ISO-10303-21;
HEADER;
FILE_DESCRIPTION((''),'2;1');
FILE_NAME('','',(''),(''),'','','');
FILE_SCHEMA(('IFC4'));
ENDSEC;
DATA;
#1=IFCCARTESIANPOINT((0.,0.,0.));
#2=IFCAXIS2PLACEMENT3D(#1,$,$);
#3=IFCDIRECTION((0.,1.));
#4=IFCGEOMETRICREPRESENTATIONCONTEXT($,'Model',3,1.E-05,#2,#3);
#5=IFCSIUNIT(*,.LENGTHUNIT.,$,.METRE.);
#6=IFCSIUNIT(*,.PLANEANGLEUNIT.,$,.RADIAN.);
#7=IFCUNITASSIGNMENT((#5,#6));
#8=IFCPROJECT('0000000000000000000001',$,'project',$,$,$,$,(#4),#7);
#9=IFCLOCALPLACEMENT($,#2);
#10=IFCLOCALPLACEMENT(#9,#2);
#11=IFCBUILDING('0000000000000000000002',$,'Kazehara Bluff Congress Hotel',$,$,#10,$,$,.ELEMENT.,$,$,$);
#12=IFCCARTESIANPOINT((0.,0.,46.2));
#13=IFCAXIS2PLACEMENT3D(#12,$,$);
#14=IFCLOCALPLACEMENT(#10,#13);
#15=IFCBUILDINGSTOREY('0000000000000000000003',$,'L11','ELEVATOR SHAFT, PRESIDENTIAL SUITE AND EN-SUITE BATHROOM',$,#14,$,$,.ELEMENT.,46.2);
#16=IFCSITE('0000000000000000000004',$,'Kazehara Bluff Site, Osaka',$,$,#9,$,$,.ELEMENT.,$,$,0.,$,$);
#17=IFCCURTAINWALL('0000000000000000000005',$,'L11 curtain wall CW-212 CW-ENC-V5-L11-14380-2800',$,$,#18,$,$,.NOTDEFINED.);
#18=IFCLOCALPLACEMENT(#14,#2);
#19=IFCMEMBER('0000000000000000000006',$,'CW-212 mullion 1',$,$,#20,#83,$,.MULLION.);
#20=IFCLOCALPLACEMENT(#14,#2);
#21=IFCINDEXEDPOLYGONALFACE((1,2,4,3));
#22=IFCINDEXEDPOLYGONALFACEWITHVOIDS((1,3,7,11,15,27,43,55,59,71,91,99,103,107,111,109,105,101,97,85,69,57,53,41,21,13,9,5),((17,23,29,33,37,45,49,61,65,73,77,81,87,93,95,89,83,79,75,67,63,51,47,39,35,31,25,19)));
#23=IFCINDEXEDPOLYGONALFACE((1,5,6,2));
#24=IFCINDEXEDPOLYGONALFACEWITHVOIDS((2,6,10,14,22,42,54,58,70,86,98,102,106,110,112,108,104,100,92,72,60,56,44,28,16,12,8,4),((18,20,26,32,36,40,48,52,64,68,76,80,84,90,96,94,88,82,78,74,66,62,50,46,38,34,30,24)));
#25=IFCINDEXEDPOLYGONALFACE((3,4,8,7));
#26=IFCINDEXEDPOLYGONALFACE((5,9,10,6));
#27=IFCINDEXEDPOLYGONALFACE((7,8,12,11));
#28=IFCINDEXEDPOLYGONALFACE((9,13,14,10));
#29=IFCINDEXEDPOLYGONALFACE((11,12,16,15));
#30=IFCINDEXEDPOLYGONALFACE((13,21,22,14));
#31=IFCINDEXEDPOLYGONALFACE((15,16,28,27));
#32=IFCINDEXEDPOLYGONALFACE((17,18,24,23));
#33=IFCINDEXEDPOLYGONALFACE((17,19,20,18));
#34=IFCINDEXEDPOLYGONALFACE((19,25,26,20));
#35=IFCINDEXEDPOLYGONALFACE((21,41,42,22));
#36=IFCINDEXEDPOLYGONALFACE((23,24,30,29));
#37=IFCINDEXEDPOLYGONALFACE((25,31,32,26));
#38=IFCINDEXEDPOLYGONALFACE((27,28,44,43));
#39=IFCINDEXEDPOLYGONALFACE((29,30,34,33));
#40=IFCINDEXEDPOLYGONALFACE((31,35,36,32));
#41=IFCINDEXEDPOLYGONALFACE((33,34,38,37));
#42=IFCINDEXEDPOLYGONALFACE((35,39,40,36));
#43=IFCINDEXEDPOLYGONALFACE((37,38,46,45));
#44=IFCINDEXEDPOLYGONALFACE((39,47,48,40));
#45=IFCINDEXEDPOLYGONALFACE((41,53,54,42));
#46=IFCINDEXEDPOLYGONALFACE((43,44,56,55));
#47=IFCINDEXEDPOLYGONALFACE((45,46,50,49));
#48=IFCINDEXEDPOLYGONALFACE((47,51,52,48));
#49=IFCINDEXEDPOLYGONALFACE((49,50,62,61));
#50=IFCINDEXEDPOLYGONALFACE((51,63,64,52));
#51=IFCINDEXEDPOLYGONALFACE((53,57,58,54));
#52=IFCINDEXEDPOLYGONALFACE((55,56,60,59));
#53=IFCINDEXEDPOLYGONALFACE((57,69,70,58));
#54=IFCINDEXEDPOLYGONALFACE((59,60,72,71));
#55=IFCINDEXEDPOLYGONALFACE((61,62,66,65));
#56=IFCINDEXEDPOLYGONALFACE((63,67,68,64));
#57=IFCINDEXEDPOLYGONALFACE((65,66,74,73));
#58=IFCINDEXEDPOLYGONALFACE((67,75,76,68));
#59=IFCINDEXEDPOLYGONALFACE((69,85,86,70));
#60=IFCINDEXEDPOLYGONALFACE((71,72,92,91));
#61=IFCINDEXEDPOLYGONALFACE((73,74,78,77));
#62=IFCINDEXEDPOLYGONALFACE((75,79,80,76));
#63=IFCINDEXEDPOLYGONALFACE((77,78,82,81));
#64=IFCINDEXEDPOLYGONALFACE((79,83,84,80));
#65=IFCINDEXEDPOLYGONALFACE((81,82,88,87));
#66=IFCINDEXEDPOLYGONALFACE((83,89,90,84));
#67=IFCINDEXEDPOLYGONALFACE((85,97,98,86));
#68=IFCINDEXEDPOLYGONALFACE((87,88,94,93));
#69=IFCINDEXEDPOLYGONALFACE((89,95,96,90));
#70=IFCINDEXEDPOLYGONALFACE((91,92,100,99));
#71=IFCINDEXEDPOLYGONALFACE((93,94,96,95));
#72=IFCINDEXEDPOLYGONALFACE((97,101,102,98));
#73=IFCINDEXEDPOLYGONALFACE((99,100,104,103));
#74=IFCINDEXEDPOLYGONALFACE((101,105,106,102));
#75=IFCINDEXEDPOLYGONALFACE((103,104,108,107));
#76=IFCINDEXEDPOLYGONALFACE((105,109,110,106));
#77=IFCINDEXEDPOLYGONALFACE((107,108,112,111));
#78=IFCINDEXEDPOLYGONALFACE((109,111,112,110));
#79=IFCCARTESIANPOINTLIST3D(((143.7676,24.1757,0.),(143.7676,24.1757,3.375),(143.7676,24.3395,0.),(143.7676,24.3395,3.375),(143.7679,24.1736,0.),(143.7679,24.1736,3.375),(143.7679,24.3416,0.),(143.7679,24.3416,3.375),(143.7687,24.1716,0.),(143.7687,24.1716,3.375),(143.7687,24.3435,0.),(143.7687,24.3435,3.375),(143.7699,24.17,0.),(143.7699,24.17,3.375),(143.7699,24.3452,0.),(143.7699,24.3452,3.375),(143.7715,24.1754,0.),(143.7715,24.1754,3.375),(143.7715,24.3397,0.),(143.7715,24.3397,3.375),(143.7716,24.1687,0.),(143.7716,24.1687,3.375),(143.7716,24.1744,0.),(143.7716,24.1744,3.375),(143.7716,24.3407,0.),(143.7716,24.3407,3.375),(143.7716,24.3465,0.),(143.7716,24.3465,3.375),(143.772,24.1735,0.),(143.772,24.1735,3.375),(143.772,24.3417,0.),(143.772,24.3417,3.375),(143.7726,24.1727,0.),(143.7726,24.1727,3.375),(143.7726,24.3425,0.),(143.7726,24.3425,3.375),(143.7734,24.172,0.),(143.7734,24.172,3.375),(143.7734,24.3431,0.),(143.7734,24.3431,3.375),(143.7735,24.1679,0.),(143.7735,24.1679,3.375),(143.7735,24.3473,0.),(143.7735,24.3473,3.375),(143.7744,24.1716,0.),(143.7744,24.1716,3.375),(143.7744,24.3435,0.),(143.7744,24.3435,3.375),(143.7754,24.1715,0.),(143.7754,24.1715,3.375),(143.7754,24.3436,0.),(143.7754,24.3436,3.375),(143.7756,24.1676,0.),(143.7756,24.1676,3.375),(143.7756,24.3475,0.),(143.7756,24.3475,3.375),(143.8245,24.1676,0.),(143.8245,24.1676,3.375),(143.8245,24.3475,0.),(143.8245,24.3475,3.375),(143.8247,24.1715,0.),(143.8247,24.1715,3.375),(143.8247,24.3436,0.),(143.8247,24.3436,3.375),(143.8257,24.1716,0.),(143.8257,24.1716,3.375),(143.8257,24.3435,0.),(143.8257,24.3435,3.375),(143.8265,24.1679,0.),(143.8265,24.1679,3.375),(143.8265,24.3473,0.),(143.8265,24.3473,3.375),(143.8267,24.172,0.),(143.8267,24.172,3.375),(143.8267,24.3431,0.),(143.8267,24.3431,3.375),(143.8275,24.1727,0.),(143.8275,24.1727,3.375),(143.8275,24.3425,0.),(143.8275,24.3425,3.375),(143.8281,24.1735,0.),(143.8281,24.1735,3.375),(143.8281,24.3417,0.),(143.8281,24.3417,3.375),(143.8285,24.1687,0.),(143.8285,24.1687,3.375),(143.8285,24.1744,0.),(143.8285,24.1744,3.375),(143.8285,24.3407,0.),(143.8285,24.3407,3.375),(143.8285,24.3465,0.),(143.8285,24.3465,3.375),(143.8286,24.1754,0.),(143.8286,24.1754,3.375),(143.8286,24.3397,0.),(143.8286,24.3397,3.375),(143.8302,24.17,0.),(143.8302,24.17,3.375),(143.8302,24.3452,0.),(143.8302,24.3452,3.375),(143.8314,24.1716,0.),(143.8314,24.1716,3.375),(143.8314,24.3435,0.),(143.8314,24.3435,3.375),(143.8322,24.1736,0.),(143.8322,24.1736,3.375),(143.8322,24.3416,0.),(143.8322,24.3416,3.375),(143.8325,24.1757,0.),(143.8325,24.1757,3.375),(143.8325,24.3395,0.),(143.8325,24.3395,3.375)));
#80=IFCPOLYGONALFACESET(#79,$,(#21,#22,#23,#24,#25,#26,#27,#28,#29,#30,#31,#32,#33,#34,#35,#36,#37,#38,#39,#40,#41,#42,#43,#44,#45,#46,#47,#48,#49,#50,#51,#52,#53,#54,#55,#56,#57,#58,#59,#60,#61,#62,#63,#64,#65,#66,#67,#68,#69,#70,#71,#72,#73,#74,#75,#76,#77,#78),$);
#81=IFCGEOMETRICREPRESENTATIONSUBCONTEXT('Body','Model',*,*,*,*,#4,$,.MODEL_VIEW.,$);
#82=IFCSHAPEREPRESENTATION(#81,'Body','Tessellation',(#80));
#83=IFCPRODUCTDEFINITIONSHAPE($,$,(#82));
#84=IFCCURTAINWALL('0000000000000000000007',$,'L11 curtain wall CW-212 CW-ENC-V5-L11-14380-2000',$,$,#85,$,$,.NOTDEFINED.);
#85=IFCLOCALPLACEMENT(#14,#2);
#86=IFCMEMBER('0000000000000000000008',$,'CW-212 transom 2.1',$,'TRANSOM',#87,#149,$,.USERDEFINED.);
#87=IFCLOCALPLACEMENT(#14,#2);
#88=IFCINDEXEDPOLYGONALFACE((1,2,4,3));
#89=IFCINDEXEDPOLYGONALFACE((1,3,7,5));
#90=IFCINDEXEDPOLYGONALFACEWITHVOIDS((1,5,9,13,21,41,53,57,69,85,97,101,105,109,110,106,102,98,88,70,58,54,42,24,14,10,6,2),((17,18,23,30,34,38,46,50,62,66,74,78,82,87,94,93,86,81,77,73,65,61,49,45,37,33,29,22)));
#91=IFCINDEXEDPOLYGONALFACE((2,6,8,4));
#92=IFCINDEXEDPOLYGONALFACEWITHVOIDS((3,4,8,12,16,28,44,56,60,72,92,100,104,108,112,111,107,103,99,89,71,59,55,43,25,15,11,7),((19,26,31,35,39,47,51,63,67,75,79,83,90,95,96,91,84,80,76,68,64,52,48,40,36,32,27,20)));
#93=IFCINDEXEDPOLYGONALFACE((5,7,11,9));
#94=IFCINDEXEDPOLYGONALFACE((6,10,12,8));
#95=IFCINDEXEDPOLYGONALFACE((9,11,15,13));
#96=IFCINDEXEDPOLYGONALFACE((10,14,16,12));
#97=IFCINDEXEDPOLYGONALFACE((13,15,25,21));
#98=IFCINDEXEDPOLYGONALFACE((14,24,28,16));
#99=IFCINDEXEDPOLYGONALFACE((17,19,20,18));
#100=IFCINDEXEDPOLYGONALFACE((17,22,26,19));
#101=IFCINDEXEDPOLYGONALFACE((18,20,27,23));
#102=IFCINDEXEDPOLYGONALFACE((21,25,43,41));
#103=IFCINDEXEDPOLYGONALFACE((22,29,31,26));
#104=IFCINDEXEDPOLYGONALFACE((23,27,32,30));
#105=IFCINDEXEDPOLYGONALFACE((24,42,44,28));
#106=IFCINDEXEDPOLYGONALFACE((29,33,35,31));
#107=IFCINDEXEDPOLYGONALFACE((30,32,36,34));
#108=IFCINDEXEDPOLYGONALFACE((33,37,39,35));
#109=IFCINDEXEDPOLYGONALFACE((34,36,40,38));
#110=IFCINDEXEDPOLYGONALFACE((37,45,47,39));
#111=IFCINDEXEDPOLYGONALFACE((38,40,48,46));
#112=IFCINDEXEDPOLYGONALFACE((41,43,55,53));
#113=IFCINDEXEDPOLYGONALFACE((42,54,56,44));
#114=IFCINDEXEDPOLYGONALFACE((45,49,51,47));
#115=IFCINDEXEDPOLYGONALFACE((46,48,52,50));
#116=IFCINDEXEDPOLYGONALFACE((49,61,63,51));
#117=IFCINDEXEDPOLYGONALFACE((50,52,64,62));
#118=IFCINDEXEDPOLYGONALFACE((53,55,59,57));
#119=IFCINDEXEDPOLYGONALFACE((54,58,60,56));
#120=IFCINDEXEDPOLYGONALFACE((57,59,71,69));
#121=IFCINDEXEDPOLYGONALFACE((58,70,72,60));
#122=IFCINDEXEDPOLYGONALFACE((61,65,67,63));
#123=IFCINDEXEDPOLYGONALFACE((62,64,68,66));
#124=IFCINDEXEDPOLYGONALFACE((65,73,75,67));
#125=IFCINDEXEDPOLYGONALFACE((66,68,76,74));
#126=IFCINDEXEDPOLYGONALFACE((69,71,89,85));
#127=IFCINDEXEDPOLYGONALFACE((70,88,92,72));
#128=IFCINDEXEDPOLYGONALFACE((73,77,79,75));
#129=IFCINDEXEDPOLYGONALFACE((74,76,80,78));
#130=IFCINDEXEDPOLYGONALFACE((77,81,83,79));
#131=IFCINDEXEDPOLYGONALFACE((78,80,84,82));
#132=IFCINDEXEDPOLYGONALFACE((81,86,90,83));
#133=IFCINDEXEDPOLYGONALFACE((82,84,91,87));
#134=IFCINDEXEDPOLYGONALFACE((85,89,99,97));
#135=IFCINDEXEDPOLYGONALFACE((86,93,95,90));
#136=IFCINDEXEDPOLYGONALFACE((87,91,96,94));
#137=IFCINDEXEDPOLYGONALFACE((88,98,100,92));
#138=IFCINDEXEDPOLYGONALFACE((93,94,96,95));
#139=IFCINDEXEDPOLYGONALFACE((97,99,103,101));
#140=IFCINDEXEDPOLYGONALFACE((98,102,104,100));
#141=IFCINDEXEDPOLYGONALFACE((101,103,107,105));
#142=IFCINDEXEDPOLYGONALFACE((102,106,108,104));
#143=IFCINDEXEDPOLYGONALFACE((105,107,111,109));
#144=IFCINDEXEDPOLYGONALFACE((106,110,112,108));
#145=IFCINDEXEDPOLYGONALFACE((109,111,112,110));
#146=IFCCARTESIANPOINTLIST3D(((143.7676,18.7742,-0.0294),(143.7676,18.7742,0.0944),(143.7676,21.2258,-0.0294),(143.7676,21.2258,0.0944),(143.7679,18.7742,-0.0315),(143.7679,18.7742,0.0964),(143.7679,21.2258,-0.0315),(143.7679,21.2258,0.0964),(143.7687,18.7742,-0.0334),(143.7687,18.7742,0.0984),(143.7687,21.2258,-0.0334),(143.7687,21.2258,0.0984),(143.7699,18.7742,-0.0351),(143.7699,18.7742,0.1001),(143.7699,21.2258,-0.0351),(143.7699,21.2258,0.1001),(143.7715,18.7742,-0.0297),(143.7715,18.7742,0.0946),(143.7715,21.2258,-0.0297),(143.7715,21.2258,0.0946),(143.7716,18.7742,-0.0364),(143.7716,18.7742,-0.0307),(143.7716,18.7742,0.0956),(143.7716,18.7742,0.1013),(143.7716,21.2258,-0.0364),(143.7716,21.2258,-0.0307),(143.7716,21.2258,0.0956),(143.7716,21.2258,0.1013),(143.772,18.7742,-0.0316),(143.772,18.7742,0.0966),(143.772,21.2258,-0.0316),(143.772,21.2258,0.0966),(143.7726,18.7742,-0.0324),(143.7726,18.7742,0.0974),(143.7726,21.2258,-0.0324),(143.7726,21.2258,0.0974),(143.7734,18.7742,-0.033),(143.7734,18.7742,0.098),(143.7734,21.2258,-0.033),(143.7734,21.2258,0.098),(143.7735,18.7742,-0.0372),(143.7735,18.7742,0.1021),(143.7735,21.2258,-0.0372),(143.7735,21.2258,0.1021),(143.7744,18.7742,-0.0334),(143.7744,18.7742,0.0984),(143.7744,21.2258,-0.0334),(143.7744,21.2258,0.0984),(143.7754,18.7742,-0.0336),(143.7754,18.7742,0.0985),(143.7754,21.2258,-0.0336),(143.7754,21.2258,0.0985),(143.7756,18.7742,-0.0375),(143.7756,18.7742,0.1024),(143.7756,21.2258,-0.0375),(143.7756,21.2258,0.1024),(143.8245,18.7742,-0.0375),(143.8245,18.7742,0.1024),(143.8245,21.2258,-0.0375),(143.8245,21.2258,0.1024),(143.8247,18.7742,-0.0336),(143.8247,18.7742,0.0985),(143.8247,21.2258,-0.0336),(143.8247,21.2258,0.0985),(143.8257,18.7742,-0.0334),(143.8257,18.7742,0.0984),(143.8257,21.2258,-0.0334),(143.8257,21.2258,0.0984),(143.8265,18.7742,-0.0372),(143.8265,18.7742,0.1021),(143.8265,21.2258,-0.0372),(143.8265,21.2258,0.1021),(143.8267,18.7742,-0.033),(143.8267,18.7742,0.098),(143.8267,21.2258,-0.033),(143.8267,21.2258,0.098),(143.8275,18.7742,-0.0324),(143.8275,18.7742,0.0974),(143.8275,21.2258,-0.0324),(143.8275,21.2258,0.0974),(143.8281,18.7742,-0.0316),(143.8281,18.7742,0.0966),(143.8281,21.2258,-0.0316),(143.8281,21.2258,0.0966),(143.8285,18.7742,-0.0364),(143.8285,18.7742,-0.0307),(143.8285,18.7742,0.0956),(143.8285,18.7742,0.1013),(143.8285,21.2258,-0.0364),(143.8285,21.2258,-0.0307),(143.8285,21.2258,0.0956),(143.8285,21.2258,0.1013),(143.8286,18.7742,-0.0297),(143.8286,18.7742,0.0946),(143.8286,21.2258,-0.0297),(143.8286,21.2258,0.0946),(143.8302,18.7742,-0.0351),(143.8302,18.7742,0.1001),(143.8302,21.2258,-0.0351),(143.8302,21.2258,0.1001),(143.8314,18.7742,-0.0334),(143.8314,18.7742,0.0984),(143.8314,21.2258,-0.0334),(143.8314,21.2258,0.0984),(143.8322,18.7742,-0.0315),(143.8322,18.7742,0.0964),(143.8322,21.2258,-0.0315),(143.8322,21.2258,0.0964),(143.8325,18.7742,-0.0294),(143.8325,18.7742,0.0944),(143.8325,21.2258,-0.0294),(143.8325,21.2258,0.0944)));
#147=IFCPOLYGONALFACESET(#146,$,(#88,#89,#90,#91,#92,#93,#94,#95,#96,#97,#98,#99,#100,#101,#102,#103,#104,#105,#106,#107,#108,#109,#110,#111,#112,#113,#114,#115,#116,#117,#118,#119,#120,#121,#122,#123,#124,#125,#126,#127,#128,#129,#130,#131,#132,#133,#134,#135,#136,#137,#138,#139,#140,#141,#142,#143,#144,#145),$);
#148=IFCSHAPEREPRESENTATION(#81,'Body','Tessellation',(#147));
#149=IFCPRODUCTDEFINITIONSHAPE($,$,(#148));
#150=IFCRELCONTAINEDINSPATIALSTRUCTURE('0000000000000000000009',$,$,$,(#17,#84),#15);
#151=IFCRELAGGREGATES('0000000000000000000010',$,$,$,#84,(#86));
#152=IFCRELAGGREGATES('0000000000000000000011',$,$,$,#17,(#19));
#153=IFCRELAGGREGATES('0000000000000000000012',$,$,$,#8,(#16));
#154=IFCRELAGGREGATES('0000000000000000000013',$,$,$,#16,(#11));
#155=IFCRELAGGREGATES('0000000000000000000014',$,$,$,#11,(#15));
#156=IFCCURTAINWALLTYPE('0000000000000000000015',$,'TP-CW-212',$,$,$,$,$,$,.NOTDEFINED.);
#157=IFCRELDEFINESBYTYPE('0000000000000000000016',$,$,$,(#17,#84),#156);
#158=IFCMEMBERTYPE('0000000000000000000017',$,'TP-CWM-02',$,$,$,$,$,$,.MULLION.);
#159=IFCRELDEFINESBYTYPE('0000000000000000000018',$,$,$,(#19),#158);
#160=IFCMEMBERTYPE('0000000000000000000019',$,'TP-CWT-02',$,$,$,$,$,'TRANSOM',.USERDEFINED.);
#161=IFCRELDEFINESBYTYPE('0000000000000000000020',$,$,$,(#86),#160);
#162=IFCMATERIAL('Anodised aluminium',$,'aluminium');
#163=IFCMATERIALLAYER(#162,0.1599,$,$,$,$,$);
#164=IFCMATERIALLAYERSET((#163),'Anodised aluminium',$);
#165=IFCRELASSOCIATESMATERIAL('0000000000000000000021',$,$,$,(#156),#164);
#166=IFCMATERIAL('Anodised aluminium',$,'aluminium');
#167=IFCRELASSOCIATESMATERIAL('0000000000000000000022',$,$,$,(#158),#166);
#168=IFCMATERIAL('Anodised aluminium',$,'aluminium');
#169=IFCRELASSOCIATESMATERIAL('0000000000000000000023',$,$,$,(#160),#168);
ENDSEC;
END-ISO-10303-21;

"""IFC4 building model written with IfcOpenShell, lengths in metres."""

from ifc_helpers import new_model, si_unit, direction, frame, origin, origin_2d, place, context, subcontext, project, spatial, hollow_rectangle, extrude, material, layer, layer_set, material_profile, profile_set, type_object, element, aggregate, save


model = new_model("IFC4")

# Units and contexts
model_context = context("Model", 3, precision=1e-05, world=origin(), true_north=direction((0.0, 1.0)))
body_context = subcontext(model_context, "Body", "Model", "MODEL_VIEW")
ifc_project = project(units=[si_unit("LENGTHUNIT", "METRE"), si_unit("PLANEANGLEUNIT", "RADIAN")], contexts=[model_context])

# Site, building, storey
site_placement = place(None, origin())
site = spatial("IfcSite", under=ifc_project, at=site_placement, Name="Kazehara Bluff Site, Osaka", CompositionType="ELEMENT", RefElevation=0.0)
building_placement = place(site_placement, origin())
building = spatial("IfcBuilding", under=site, at=building_placement, Name="Kazehara Bluff Congress Hotel", CompositionType="ELEMENT")
storey_placement = place(building_placement, frame((0.0, 0.0, 46.2)))
storey = spatial("IfcBuildingStorey", under=building, at=storey_placement, Name="L11", Description="ELEVATOR SHAFT, PRESIDENTIAL SUITE AND EN-SUITE BATHROOM", CompositionType="ELEMENT", Elevation=46.2)

# Curtain wall, member
ifc_material_1 = material(Name="Anodised aluminium", Category="aluminium")
ifc_layer_1 = layer(ifc_material_1, 0.1599)
ifc_layer_set_1 = layer_set([ifc_layer_1], Name="Anodised aluminium")
curtain_wall_type = type_object("IfcCurtainWallType", Name="TP-CW-212", PredefinedType="NOTDEFINED", material=ifc_layer_set_1)
curtain_wall_1_placement = place(storey_placement, origin())
curtain_wall_1 = element("IfcCurtainWall", 1, at=curtain_wall_1_placement, inside=storey, type_object=curtain_wall_type, Name="L11 curtain wall CW-212 CW-ENC-V5-L11-14380-2800", PredefinedType="NOTDEFINED")
ifc_material_2 = material(Name="Anodised aluminium", Category="aluminium")
ifc_material_profile_1 = material_profile(ifc_material_2, hollow_rectangle(XDim=0.0649, YDim=0.1799, WallThickness=0.0039, InnerFilletRadius=0.0039, OuterFilletRadius=0.0081, at=origin_2d()))
ifc_profile_set_1 = profile_set([ifc_material_profile_1], Name="Anodised aluminium")
member_type_1 = type_object("IfcMemberType", Name="TP-CWM-02", PredefinedType="MULLION", material=ifc_profile_set_1)
member_1_placement = place(storey_placement, frame((143.8, 24.2576, 0.0), z_axis=(0.0, 0.0, 1.0), x_axis=(-1.0, 0.0, 0.0)))
member_1 = element("IfcMember", 2, at=member_1_placement, type_object=member_type_1, Name="CW-212 mullion 1", PredefinedType="MULLION", context=body_context, shape_type="SweptSolid", body=[
    extrude(hollow_rectangle(XDim=0.0649, YDim=0.1799, WallThickness=0.0039, InnerFilletRadius=0.0039, OuterFilletRadius=0.0081, at=origin_2d()), origin(), (0.0, 0.0, 1.0), 3.375),
])

# Curtain wall, member
curtain_wall_2_placement = place(storey_placement, origin())
curtain_wall_2 = element("IfcCurtainWall", 3, at=curtain_wall_2_placement, inside=storey, type_object=curtain_wall_type, Name="L11 curtain wall CW-212 CW-ENC-V5-L11-14380-2000", PredefinedType="NOTDEFINED")
ifc_material_3 = material(Name="Anodised aluminium", Category="aluminium")
ifc_material_profile_2 = material_profile(ifc_material_3, hollow_rectangle(XDim=0.0649, YDim=0.1399, WallThickness=0.0039, InnerFilletRadius=0.0039, OuterFilletRadius=0.0081, at=origin_2d()))
ifc_profile_set_2 = profile_set([ifc_material_profile_2], Name="Anodised aluminium")
member_type_2 = type_object("IfcMemberType", Name="TP-CWT-02", ElementType="TRANSOM", PredefinedType="USERDEFINED", material=ifc_profile_set_2)
member_2_placement = place(storey_placement, frame((143.8, 18.7742, 0.0325), z_axis=(0.0, 1.0, 0.0), x_axis=(-1.0, 0.0, 0.0)))
member_2 = element("IfcMember", 4, at=member_2_placement, type_object=member_type_2, Name="CW-212 transom 2.1", ObjectType="TRANSOM", PredefinedType="USERDEFINED", context=body_context, shape_type="SweptSolid", body=[
    extrude(hollow_rectangle(XDim=0.0649, YDim=0.1399, WallThickness=0.0039, InnerFilletRadius=0.0039, OuterFilletRadius=0.0081, at=origin_2d()), origin(), (0.0, 0.0, 1.0), 2.4517),
])

aggregate(curtain_wall_2, [member_2])
aggregate(curtain_wall_1, [member_1])

save(model, "model.ifc")
